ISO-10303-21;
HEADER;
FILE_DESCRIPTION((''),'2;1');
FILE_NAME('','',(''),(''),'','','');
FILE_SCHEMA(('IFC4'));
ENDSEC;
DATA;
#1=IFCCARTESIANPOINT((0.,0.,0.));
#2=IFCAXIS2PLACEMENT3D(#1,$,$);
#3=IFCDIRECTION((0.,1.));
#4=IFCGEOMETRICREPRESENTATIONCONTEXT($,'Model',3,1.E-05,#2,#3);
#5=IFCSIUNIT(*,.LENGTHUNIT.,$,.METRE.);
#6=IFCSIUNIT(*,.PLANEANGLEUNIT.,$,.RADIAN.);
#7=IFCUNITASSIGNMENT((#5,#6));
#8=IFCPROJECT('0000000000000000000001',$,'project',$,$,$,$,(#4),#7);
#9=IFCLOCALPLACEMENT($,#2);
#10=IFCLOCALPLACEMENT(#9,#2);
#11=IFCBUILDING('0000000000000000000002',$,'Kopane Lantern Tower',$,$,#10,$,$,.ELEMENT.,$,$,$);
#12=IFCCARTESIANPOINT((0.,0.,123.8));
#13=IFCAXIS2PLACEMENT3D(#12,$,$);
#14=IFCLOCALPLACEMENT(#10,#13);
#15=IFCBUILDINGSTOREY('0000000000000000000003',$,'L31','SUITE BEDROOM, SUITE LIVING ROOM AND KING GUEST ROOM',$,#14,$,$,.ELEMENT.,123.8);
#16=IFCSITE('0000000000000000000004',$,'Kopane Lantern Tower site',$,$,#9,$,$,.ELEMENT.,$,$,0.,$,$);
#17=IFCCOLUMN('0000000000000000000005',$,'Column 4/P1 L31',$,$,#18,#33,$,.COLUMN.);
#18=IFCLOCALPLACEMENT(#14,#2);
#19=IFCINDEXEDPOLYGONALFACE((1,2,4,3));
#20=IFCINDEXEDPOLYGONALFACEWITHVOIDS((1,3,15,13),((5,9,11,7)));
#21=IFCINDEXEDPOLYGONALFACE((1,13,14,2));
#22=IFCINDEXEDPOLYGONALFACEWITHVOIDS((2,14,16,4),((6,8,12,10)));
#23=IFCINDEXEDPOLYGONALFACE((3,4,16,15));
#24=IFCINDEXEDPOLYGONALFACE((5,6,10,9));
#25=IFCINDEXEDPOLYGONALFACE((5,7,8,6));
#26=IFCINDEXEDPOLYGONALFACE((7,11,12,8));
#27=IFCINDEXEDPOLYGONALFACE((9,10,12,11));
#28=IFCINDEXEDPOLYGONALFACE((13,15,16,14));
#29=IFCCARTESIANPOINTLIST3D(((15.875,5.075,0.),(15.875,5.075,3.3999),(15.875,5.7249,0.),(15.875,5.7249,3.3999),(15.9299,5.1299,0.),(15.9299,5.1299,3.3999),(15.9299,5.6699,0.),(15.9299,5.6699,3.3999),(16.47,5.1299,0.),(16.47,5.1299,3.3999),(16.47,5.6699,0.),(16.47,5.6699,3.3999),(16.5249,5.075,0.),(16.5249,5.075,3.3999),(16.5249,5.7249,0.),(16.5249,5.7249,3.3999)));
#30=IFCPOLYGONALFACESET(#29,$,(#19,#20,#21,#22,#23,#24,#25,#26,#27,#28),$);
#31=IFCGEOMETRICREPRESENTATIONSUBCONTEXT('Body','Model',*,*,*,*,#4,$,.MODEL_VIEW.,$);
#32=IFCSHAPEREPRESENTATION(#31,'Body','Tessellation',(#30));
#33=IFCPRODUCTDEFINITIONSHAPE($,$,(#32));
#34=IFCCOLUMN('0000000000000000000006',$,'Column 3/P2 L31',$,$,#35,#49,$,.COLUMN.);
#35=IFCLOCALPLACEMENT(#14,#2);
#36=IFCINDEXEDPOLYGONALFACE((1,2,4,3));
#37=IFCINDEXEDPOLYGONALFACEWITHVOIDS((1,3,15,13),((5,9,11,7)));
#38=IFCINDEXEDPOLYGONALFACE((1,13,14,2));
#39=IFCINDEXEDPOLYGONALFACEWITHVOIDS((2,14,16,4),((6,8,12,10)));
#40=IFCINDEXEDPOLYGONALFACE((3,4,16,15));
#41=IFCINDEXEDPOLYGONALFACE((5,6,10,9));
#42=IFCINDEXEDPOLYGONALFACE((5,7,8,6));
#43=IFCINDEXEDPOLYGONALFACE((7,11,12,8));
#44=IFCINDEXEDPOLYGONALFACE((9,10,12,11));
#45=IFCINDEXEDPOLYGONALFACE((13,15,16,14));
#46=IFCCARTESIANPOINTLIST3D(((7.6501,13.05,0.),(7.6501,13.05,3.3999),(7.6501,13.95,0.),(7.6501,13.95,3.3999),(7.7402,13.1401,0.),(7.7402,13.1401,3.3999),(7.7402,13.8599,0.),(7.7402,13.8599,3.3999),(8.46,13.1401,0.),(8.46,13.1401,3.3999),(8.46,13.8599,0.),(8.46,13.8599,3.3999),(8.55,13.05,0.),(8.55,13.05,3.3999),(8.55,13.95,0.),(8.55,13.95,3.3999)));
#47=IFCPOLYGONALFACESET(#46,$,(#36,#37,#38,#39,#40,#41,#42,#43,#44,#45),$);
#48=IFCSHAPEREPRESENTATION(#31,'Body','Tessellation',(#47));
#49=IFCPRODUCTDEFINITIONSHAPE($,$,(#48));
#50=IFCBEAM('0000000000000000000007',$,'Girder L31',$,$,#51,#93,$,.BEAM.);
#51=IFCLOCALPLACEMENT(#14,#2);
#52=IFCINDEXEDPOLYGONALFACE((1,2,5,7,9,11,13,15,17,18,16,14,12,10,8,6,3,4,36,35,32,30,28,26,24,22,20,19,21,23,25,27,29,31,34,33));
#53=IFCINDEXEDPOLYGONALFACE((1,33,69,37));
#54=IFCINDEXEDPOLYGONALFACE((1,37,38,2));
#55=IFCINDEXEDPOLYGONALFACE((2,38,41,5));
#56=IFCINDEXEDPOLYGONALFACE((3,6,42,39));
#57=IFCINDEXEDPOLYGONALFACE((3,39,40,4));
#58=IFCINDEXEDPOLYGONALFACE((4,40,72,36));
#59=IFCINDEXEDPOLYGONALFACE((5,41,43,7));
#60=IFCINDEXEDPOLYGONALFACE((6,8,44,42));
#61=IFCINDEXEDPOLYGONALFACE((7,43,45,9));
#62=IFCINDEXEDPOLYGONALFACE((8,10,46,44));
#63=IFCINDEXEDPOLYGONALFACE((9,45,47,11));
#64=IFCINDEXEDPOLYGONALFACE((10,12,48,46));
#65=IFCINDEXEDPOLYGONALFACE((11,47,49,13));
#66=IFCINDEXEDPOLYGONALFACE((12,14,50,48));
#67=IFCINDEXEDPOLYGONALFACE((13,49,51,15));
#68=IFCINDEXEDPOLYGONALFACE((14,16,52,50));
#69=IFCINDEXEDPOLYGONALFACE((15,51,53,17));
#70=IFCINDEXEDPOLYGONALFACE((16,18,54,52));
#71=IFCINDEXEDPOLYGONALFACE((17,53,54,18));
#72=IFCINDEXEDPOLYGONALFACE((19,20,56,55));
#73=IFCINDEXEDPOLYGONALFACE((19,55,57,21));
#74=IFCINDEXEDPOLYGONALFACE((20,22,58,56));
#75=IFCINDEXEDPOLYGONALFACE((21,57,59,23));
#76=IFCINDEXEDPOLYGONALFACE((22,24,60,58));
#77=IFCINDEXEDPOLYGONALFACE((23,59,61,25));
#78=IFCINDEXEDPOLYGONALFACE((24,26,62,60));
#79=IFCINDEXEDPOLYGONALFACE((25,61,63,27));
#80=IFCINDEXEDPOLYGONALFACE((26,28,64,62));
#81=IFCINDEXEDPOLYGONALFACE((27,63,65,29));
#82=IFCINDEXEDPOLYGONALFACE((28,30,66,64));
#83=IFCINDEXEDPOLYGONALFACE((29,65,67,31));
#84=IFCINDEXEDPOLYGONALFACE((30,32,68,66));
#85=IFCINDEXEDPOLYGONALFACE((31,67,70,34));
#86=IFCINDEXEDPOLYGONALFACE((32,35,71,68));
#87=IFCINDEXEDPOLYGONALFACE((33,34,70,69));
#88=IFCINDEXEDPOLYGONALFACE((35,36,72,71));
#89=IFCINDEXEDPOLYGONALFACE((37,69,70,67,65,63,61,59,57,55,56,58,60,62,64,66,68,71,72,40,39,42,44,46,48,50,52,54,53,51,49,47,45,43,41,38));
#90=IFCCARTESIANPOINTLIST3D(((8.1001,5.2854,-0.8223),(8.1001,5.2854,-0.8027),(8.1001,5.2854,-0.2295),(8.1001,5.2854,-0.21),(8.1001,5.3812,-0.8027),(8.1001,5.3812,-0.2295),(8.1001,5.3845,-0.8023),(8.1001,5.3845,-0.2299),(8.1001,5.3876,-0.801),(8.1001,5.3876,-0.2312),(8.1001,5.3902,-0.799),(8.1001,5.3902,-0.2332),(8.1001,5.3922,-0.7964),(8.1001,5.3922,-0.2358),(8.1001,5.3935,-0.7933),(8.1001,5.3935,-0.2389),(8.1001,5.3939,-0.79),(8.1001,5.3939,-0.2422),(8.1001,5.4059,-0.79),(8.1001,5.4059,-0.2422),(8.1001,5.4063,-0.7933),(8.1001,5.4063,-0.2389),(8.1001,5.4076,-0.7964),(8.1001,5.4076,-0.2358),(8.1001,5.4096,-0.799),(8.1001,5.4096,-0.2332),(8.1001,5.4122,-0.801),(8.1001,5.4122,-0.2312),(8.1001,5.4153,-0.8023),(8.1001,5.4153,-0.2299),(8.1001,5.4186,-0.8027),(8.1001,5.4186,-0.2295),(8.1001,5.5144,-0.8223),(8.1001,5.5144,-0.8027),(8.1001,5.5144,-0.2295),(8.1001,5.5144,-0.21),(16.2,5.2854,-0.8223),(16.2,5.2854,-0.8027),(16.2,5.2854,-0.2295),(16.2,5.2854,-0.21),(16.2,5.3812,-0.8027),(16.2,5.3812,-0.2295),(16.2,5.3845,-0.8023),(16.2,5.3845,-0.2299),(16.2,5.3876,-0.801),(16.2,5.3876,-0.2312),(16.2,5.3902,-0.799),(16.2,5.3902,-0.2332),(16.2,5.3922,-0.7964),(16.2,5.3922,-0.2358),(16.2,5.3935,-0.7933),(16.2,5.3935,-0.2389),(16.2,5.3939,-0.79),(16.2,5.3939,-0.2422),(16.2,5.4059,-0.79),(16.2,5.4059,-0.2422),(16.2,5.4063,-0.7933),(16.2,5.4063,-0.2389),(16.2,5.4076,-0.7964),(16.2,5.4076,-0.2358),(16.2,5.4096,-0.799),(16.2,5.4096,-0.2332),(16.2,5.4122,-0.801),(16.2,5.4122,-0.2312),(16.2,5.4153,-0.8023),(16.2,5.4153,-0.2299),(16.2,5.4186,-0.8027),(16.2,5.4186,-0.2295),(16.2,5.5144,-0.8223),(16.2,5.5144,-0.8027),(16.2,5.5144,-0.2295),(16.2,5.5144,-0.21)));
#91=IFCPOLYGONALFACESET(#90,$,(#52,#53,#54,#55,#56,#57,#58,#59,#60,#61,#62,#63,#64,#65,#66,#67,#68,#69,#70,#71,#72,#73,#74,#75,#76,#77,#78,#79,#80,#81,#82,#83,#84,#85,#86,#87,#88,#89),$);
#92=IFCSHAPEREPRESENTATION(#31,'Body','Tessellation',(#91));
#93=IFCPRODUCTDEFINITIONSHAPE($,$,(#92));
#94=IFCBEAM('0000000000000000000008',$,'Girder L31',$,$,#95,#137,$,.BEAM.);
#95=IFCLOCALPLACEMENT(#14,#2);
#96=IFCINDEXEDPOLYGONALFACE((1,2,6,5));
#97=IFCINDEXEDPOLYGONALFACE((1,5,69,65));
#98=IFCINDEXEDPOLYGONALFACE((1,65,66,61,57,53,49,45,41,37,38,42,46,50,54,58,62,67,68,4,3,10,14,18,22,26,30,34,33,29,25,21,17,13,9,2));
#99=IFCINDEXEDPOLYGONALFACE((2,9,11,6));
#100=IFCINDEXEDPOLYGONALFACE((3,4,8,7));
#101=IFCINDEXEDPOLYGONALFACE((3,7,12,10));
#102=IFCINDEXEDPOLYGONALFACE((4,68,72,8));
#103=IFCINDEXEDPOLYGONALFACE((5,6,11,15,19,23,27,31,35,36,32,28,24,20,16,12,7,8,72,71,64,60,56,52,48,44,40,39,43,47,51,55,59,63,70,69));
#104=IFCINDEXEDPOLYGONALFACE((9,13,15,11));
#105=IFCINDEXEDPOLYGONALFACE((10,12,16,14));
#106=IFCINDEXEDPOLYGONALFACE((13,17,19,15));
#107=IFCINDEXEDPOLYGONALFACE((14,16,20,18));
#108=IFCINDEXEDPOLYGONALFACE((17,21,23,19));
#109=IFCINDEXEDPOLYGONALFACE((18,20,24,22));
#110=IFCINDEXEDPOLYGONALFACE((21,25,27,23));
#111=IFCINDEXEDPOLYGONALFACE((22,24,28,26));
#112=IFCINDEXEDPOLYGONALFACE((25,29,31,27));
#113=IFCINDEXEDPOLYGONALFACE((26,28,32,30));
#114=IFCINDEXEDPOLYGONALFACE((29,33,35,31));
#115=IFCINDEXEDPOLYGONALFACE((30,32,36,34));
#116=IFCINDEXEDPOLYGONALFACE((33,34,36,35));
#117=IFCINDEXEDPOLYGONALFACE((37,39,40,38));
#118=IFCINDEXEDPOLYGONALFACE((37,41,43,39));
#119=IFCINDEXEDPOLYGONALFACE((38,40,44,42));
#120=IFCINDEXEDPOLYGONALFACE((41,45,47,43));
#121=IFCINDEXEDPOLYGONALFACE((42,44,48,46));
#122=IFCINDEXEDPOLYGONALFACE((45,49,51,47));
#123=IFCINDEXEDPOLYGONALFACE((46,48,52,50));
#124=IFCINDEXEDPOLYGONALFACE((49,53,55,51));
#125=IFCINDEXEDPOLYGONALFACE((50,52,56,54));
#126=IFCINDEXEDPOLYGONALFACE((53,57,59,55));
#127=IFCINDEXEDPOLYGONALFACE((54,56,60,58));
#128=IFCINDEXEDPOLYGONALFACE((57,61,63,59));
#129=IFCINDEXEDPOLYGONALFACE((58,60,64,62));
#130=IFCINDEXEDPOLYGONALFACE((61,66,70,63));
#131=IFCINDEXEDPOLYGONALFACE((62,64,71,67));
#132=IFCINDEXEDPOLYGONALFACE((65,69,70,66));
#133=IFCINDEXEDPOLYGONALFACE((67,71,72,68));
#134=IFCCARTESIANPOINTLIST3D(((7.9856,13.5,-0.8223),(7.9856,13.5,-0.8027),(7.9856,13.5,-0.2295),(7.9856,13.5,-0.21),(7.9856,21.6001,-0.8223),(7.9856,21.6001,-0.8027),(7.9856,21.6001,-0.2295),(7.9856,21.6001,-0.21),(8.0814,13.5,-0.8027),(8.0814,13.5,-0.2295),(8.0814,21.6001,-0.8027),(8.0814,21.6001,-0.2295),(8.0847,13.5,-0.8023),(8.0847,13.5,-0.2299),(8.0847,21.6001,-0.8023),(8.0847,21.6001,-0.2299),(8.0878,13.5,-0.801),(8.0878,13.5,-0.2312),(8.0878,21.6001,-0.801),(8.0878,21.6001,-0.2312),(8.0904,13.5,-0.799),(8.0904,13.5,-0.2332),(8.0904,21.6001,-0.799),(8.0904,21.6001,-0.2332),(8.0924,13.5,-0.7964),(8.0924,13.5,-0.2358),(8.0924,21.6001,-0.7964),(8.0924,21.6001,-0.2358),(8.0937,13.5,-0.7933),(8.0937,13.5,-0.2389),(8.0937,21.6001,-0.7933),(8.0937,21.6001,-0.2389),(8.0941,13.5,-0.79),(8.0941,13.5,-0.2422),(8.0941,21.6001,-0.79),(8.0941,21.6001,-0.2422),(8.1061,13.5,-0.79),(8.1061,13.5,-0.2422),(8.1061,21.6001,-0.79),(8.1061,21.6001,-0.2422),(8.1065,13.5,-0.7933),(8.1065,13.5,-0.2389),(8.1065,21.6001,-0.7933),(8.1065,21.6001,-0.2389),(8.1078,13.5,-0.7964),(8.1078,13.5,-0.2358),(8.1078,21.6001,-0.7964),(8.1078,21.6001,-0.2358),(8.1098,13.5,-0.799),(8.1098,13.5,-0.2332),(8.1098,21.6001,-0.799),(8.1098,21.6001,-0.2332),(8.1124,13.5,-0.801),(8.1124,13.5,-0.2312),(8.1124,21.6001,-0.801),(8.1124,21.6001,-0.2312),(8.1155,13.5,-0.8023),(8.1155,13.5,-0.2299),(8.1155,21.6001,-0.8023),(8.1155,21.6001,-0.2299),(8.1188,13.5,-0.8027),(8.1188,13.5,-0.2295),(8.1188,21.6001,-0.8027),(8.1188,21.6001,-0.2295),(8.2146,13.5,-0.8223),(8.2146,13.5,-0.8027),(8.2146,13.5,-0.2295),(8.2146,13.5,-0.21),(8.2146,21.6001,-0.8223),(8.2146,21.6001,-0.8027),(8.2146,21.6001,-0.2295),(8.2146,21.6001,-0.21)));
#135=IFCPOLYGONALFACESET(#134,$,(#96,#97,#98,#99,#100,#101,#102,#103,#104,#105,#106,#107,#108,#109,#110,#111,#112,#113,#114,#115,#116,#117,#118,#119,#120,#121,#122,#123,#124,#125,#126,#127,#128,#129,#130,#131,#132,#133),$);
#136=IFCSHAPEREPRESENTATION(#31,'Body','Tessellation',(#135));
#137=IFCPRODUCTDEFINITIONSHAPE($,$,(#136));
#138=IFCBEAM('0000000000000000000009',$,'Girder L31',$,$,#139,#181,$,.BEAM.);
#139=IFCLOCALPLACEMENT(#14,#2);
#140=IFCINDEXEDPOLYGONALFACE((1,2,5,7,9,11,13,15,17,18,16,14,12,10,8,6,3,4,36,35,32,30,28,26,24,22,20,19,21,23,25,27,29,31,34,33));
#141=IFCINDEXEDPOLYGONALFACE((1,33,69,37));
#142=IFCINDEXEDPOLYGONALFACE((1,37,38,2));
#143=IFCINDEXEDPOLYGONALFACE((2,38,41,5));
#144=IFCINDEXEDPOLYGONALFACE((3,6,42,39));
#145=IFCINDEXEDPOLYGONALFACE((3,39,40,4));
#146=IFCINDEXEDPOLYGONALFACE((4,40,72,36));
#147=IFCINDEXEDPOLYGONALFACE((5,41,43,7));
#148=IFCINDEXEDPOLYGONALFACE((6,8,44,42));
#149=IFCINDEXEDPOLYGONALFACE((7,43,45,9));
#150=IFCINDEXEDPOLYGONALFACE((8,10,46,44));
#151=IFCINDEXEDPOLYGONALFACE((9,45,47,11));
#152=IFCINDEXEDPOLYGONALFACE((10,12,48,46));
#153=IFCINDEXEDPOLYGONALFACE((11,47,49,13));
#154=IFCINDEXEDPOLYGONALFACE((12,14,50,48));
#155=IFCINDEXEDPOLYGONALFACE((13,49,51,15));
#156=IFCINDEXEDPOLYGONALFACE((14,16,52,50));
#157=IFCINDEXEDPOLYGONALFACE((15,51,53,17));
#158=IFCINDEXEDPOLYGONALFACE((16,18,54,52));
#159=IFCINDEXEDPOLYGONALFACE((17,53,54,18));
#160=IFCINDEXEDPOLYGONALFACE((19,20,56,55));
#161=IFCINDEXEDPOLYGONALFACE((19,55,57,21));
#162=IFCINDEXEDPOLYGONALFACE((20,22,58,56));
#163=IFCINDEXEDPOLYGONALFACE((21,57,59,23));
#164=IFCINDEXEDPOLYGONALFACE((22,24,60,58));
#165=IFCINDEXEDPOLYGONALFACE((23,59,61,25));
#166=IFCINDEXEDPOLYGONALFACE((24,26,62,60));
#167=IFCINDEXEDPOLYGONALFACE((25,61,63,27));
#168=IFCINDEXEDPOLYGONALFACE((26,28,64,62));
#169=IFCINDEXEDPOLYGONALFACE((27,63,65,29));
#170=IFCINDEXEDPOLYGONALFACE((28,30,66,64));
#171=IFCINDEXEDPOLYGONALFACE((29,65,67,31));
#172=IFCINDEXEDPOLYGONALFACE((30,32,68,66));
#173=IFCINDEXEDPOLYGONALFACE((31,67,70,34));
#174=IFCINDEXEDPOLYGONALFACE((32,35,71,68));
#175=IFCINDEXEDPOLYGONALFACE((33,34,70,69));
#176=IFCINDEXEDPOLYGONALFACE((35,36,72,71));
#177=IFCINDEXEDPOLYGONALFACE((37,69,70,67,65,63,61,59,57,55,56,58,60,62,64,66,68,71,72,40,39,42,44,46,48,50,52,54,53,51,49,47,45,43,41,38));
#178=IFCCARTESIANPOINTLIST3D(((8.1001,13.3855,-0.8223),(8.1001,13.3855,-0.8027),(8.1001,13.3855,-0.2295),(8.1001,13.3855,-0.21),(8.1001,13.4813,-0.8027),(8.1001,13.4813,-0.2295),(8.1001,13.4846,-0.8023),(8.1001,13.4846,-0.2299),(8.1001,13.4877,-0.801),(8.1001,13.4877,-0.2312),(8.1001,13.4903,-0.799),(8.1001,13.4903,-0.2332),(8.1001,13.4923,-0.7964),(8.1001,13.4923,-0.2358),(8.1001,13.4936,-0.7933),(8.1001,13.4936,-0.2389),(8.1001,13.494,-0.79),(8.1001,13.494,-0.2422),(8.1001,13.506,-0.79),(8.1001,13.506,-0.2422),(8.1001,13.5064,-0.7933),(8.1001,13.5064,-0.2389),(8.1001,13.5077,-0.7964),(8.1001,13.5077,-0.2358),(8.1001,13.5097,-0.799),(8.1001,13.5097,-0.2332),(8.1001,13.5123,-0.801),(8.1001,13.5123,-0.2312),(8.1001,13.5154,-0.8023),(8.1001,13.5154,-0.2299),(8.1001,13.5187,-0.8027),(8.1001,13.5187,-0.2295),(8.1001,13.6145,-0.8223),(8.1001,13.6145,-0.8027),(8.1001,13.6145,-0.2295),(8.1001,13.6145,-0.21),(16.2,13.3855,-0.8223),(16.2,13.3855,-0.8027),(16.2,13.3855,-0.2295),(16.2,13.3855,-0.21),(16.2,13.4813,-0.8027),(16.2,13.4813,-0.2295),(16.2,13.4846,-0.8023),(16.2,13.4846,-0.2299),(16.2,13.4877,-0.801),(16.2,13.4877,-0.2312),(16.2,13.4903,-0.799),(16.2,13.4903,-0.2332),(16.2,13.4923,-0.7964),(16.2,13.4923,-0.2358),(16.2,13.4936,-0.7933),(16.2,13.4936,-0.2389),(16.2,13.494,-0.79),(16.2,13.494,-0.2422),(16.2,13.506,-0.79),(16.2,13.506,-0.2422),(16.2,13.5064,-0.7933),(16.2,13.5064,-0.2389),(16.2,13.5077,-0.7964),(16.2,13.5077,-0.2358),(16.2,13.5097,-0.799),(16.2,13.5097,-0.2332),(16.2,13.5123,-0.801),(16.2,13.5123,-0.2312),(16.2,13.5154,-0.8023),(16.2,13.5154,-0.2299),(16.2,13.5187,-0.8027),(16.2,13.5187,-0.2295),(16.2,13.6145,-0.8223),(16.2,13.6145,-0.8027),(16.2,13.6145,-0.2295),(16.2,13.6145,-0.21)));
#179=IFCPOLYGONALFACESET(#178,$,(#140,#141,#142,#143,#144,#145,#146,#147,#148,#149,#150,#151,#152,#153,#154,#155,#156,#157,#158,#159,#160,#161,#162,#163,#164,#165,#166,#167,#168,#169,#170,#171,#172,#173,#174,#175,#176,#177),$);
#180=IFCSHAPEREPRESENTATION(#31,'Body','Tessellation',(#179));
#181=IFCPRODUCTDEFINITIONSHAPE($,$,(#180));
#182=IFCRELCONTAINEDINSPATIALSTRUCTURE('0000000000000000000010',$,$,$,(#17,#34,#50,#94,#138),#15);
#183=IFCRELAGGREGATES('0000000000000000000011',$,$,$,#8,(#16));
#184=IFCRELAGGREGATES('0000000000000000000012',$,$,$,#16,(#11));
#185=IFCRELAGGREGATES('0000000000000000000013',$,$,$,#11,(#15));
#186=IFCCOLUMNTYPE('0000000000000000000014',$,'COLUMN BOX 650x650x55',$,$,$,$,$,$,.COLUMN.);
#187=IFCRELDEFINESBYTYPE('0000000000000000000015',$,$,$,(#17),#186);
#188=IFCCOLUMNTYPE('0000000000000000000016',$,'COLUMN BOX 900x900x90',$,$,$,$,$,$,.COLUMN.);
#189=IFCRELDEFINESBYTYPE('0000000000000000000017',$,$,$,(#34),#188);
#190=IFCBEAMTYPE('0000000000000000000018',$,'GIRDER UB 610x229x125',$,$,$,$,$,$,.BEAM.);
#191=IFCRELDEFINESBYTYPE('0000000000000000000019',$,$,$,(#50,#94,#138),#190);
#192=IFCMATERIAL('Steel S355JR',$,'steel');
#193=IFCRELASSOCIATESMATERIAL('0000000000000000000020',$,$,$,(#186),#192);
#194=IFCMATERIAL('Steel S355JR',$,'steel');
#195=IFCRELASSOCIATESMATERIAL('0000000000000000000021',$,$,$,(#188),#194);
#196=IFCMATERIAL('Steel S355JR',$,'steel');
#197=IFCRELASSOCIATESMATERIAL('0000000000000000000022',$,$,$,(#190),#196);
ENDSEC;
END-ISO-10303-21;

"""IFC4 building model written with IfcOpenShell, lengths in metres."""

from ifc_helpers import new_model, si_unit, direction, frame, origin, origin_2d, place, context, subcontext, project, spatial, hollow_rectangle, i_section, extrude, material, material_profile, profile_set, type_object, element, save


model = new_model("IFC4")

# Units and contexts
model_context = context("Model", 3, precision=1e-05, world=origin(), true_north=direction((0.0, 1.0)))
body_context = subcontext(model_context, "Body", "Model", "MODEL_VIEW")
ifc_project = project(units=[si_unit("LENGTHUNIT", "METRE"), si_unit("PLANEANGLEUNIT", "RADIAN")], contexts=[model_context])

# Site, building, storey
site_placement = place(None, origin())
site = spatial("IfcSite", under=ifc_project, at=site_placement, Name="Kopane Lantern Tower site", CompositionType="ELEMENT", RefElevation=0.0)
building_placement = place(site_placement, origin())
building = spatial("IfcBuilding", under=site, at=building_placement, Name="Kopane Lantern Tower", CompositionType="ELEMENT")
storey_placement = place(building_placement, frame((0.0, 0.0, 123.8)))
storey = spatial("IfcBuildingStorey", under=building, at=storey_placement, Name="L31", Description="SUITE BEDROOM, SUITE LIVING ROOM AND KING GUEST ROOM", CompositionType="ELEMENT", Elevation=123.8)

# Columns
ifc_material_1 = material(Name="Steel S355JR", Category="steel")
ifc_material_profile_1 = material_profile(ifc_material_1, hollow_rectangle(XDim=0.6499, YDim=0.6499, WallThickness=0.0549, at=origin_2d()), Name="BOX 650x650x55")
ifc_profile_set_1 = profile_set([ifc_material_profile_1], Name="Steel S355JR")
column_type_1 = type_object("IfcColumnType", Name="COLUMN BOX 650x650x55", PredefinedType="COLUMN", material=ifc_profile_set_1)
column_1_placement = place(storey_placement, frame((16.2, 5.3999, 0.0), z_axis=(0.0, 0.0, 1.0), x_axis=(1.0, 0.0, 0.0)))
element("IfcColumn", 1, at=column_1_placement, inside=storey, type_object=column_type_1, Name="Column 4/P1 L31", PredefinedType="COLUMN", context=body_context, shape_type="SweptSolid", body=[
    extrude(hollow_rectangle(XDim=0.6499, YDim=0.6499, WallThickness=0.0549, at=origin_2d()), origin(), (0.0, 0.0, 1.0), 3.3999),
])
ifc_material_2 = material(Name="Steel S355JR", Category="steel")
ifc_material_profile_2 = material_profile(ifc_material_2, hollow_rectangle(XDim=0.8999, YDim=0.8999, WallThickness=0.0901, at=origin_2d()), Name="BOX 900x900x90")
ifc_profile_set_2 = profile_set([ifc_material_profile_2], Name="Steel S355JR")
column_type_2 = type_object("IfcColumnType", Name="COLUMN BOX 900x900x90", PredefinedType="COLUMN", material=ifc_profile_set_2)
column_2_placement = place(storey_placement, frame((8.1001, 13.5, 0.0), z_axis=(0.0, 0.0, 1.0), x_axis=(1.0, 0.0, 0.0)))
element("IfcColumn", 2, at=column_2_placement, inside=storey, type_object=column_type_2, Name="Column 3/P2 L31", PredefinedType="COLUMN", context=body_context, shape_type="SweptSolid", body=[
    extrude(hollow_rectangle(XDim=0.8999, YDim=0.8999, WallThickness=0.0901, at=origin_2d()), origin(), (0.0, 0.0, 1.0), 3.3999),
])

# Beams
ifc_material_3 = material(Name="Steel S355JR", Category="steel")
ifc_material_profile_3 = material_profile(ifc_material_3, i_section(OverallWidth=0.229, OverallDepth=0.6123, WebThickness=0.012, FlangeThickness=0.0195, FilletRadius=0.0127, at=origin_2d()), Name="UB 610x229x125")
ifc_profile_set_3 = profile_set([ifc_material_profile_3], Name="Steel S355JR")
beam_type = type_object("IfcBeamType", Name="GIRDER UB 610x229x125", PredefinedType="BEAM", material=ifc_profile_set_3)
beam_1_placement = place(storey_placement, frame((8.1001, 5.3999, -0.5161), z_axis=(1.0, 0.0, 0.0), x_axis=(0.0, 1.0, 0.0)))
element("IfcBeam", 3, at=beam_1_placement, inside=storey, type_object=beam_type, Name="Girder L31", PredefinedType="BEAM", context=body_context, shape_type="SweptSolid", body=[
    extrude(i_section(OverallWidth=0.229, OverallDepth=0.6123, WebThickness=0.012, FlangeThickness=0.0195, FilletRadius=0.0127, at=origin_2d()), origin(), (0.0, 0.0, 1.0), 8.0999),
])
beam_2_placement = place(storey_placement, frame((8.1001, 13.5, -0.5161), z_axis=(0.0, 1.0, 0.0), x_axis=(-1.0, 0.0, 0.0)))
element("IfcBeam", 4, at=beam_2_placement, inside=storey, type_object=beam_type, Name="Girder L31", PredefinedType="BEAM", context=body_context, shape_type="SweptSolid", body=[
    extrude(i_section(OverallWidth=0.229, OverallDepth=0.6123, WebThickness=0.012, FlangeThickness=0.0195, FilletRadius=0.0127, at=origin_2d()), origin(), (0.0, 0.0, 1.0), 8.1001),
])
beam_3_placement = place(storey_placement, frame((8.1001, 13.5, -0.5161), z_axis=(1.0, 0.0, 0.0), x_axis=(0.0, 1.0, 0.0)))
element("IfcBeam", 5, at=beam_3_placement, inside=storey, type_object=beam_type, Name="Girder L31", PredefinedType="BEAM", context=body_context, shape_type="SweptSolid", body=[
    extrude(i_section(OverallWidth=0.229, OverallDepth=0.6123, WebThickness=0.012, FlangeThickness=0.0195, FilletRadius=0.0127, at=origin_2d()), origin(), (0.0, 0.0, 1.0), 8.0999),
])

save(model, "model.ifc")
